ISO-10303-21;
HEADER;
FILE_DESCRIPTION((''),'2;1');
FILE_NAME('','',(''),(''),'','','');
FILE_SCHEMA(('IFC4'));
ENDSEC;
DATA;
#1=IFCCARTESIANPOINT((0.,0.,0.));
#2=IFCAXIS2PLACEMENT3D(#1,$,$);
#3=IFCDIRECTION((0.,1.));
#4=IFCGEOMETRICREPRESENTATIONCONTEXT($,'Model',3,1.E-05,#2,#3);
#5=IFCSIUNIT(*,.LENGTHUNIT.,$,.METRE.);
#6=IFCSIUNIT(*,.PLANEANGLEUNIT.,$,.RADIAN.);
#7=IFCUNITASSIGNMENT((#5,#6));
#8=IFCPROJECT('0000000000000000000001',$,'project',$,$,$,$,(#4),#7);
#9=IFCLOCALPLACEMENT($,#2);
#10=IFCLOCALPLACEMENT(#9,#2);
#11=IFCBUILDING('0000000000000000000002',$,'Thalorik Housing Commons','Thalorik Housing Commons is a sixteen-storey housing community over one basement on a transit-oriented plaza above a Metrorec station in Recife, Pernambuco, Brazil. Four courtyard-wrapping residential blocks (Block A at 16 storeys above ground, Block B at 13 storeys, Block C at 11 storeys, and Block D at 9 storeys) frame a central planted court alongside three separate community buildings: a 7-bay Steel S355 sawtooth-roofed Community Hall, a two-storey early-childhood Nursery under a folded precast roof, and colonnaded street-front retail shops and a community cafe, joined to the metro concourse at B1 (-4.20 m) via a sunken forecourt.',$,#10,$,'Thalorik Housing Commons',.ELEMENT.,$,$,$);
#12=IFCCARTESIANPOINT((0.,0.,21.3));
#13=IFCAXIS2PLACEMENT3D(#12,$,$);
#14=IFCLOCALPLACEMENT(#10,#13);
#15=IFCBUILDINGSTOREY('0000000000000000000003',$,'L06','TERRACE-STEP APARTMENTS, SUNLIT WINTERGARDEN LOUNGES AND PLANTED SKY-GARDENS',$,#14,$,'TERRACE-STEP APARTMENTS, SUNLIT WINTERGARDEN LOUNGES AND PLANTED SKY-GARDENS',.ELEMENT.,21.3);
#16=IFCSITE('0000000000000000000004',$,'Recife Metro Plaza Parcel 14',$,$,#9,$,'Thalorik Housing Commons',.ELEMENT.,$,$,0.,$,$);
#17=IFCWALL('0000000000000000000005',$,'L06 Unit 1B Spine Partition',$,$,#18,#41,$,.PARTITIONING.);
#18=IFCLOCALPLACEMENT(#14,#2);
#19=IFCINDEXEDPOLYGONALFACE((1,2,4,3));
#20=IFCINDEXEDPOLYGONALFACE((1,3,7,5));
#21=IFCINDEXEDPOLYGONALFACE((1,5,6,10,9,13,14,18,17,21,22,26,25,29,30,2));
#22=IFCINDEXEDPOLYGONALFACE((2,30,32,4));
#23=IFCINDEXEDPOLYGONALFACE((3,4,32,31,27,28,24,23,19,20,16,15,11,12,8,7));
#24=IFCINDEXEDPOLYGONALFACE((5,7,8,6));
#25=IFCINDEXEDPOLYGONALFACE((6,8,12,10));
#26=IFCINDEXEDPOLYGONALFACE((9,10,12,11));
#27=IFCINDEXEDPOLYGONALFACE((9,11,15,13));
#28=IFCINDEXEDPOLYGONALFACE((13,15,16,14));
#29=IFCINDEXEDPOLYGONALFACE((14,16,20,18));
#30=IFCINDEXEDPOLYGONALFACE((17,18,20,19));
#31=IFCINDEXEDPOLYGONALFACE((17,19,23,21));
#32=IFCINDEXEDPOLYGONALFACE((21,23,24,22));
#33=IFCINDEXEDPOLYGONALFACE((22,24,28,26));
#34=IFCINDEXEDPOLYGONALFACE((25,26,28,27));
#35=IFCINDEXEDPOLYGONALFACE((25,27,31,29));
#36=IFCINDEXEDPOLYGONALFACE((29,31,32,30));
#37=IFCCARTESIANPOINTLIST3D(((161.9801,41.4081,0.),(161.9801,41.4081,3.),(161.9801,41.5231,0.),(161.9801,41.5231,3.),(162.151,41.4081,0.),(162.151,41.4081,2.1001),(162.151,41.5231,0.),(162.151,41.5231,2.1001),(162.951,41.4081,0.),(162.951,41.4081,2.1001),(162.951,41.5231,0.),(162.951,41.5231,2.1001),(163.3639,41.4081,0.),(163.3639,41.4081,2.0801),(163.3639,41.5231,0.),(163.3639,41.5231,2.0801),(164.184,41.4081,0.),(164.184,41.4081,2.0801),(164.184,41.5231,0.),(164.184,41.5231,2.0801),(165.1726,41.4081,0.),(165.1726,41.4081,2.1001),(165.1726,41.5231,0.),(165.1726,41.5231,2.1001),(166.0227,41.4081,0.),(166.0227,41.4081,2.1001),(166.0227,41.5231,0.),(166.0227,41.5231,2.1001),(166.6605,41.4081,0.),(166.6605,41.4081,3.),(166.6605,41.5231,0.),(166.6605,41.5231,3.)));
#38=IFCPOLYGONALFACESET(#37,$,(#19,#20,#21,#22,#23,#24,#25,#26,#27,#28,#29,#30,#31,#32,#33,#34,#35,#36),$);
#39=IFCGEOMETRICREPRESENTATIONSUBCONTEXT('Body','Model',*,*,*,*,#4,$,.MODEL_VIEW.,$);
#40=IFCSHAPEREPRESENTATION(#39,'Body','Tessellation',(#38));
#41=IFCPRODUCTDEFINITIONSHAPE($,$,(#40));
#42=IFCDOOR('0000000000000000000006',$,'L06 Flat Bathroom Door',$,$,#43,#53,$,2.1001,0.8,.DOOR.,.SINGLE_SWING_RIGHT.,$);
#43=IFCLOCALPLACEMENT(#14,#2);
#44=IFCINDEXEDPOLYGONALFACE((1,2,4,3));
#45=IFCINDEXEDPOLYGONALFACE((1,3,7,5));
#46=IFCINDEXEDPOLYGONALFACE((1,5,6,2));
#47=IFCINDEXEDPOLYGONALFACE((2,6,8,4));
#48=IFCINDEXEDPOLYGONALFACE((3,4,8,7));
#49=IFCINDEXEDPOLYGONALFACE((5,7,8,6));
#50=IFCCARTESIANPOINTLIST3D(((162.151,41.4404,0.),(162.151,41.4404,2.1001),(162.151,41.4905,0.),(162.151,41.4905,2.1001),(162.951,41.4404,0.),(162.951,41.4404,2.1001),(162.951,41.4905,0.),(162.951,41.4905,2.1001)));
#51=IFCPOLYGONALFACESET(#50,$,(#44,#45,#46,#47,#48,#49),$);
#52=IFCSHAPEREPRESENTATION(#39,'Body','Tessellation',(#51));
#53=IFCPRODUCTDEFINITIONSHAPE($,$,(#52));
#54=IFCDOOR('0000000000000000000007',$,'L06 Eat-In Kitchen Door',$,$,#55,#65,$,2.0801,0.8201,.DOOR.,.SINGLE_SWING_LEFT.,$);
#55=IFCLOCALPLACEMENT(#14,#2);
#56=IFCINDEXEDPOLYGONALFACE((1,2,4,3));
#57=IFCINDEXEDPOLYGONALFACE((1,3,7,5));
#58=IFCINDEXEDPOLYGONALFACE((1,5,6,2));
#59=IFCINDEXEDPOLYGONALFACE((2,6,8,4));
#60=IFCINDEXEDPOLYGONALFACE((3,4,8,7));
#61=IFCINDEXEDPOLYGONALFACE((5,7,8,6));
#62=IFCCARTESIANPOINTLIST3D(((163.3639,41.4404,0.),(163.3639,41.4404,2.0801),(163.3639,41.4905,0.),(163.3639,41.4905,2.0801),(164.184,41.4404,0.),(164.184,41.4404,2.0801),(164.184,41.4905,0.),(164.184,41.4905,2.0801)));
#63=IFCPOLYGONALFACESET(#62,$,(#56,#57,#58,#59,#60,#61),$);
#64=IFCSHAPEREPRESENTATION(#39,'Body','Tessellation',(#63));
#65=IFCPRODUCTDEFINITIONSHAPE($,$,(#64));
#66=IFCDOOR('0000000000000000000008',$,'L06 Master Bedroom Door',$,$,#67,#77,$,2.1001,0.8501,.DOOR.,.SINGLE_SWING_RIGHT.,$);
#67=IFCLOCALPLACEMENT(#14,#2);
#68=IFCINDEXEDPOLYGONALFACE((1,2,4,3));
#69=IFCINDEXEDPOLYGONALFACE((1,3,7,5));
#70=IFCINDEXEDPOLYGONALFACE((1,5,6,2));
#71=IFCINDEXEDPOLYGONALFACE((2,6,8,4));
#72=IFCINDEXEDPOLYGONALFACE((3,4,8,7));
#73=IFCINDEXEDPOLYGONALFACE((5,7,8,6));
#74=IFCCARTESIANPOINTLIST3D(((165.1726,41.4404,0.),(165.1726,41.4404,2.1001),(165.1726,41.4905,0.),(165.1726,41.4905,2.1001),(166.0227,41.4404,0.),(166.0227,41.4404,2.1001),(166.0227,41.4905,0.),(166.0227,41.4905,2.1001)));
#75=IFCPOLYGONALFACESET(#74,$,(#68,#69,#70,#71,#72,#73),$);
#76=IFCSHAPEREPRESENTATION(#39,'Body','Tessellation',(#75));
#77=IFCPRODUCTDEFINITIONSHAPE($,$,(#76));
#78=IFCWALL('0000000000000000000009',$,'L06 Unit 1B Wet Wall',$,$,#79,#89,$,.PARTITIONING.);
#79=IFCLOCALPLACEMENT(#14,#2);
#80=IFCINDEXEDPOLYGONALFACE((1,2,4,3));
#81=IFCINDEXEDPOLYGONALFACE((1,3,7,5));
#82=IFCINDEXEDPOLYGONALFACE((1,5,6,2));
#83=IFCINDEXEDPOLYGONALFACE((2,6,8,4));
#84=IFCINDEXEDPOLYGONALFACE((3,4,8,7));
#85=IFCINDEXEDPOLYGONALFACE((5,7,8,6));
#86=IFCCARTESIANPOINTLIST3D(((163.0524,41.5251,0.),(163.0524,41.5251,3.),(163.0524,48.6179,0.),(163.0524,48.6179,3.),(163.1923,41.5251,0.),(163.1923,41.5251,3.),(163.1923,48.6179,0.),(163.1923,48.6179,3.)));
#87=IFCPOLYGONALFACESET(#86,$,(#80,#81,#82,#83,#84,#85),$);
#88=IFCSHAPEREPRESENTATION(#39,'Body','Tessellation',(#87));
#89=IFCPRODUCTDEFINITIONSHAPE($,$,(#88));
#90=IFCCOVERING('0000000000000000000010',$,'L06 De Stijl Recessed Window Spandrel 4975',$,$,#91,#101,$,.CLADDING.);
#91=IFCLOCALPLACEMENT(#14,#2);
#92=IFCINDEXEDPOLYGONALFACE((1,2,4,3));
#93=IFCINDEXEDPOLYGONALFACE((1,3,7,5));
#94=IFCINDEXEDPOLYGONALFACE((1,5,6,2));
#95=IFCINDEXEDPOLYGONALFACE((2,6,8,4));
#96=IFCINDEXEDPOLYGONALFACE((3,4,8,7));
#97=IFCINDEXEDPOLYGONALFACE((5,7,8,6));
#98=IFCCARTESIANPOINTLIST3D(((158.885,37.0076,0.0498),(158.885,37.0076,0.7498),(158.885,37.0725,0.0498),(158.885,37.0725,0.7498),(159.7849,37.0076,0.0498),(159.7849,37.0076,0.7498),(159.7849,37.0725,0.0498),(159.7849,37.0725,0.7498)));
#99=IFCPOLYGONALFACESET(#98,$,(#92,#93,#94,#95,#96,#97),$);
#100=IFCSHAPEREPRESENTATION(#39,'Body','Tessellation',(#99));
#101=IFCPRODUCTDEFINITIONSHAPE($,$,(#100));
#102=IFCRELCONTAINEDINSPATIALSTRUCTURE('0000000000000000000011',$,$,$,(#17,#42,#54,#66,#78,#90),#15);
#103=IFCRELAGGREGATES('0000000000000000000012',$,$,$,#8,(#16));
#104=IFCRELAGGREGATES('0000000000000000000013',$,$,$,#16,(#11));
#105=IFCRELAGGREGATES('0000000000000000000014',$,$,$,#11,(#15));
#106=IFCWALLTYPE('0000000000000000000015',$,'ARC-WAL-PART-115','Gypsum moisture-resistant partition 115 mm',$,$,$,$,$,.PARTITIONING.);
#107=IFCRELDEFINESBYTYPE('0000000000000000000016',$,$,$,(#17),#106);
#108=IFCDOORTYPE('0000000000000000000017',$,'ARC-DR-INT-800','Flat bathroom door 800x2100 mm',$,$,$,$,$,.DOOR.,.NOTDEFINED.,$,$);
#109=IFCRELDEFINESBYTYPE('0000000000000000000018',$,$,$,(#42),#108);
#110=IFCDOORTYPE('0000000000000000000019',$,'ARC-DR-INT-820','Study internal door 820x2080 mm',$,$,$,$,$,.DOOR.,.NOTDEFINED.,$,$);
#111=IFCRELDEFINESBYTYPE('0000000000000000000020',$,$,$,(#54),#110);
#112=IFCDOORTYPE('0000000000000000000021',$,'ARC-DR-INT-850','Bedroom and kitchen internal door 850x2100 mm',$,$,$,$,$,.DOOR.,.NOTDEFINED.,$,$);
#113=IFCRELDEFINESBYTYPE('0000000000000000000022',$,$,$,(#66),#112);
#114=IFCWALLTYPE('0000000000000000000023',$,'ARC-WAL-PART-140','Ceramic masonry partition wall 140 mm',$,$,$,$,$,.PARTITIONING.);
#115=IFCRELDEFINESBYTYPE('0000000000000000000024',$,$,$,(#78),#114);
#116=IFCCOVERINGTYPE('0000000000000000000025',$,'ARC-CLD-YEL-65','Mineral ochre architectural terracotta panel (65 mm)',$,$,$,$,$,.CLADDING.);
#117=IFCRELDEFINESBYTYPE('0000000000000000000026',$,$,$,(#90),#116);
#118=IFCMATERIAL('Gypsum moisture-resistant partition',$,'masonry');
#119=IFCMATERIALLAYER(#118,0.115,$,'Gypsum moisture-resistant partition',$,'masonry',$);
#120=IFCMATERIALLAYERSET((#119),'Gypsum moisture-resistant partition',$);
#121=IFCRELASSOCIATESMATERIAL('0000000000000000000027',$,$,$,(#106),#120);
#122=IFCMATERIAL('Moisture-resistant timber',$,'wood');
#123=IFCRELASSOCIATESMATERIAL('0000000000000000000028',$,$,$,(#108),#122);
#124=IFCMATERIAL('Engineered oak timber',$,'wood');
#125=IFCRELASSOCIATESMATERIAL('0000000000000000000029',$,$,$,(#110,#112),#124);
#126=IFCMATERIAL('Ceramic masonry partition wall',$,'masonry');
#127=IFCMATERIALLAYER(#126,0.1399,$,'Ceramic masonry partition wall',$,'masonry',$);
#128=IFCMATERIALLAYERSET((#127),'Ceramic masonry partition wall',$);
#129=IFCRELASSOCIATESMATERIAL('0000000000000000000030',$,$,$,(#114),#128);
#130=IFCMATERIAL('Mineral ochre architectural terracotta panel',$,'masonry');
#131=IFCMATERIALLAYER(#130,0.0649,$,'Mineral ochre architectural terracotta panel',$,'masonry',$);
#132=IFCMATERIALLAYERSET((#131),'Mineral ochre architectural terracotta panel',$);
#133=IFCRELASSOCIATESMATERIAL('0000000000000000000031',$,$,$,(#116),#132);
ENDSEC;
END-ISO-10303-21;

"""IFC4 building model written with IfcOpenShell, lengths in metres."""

from ifc_helpers import new_model, si_unit, direction, frame, frame_2d, origin, origin_2d, place, context, subcontext, project, spatial, rectangle, extrude, material, layer, layer_set, type_object, element, fill, save


model = new_model("IFC4")

# Units and contexts
model_context = context("Model", 3, precision=1e-05, world=origin(), true_north=direction((0.0, 1.0)))
body_context = subcontext(model_context, "Body", "Model", "MODEL_VIEW")
ifc_project = project(units=[si_unit("LENGTHUNIT", "METRE"), si_unit("PLANEANGLEUNIT", "RADIAN")], contexts=[model_context])

# Site, building, storey
site_placement = place(None, origin())
site = spatial("IfcSite", under=ifc_project, at=site_placement, Name="Recife Metro Plaza Parcel 14", LongName="Thalorik Housing Commons", CompositionType="ELEMENT", RefElevation=0.0)
building_placement = place(site_placement, origin())
building = spatial("IfcBuilding", under=site, at=building_placement, Name="Thalorik Housing Commons", Description="Thalorik Housing Commons is a sixteen-storey housing community over one basement on a transit-oriented plaza above a Metrorec station in Recife, Pernambuco, Brazil. Four courtyard-wrapping residential blocks (Block A at 16 storeys above ground, Block B at 13 storeys, Block C at 11 storeys, and Block D at 9 storeys) frame a central planted court alongside three separate community buildings: a 7-bay Steel S355 sawtooth-roofed Community Hall, a two-storey early-childhood Nursery under a folded precast roof, and colonnaded street-front retail shops and a community cafe, joined to the metro concourse at B1 (-4.20 m) via a sunken forecourt.", LongName="Thalorik Housing Commons", CompositionType="ELEMENT")
storey_placement = place(building_placement, frame((0.0, 0.0, 21.3)))
storey = spatial("IfcBuildingStorey", under=building, at=storey_placement, Name="L06", Description="TERRACE-STEP APARTMENTS, SUNLIT WINTERGARDEN LOUNGES AND PLANTED SKY-GARDENS", LongName="TERRACE-STEP APARTMENTS, SUNLIT WINTERGARDEN LOUNGES AND PLANTED SKY-GARDENS", CompositionType="ELEMENT", Elevation=21.3)

# Wall, openings, doors
ifc_material_1 = material(Name="Gypsum moisture-resistant partition", Category="masonry")
ifc_layer_1 = layer(ifc_material_1, 0.115, Name="Gypsum moisture-resistant partition", Category="masonry")
ifc_layer_set_1 = layer_set([ifc_layer_1], Name="Gypsum moisture-resistant partition")
wall_type_1 = type_object("IfcWallType", Name="ARC-WAL-PART-115", Description="Gypsum moisture-resistant partition 115 mm", PredefinedType="PARTITIONING", material=ifc_layer_set_1)
wall_1_placement = place(storey_placement, frame((161.98, 41.4656, 0.0), z_axis=(0.0, 0.0, 1.0), x_axis=(1.0, 0.0, 0.0)))
wall_1 = element("IfcWall", 1, at=wall_1_placement, inside=storey, type_object=wall_type_1, Name="L06 Unit 1B Spine Partition", PredefinedType="PARTITIONING", context=body_context, shape_type="SweptSolid", body=[
    extrude(rectangle(XDim=4.6804, YDim=0.115, at=frame_2d((2.3403, 0.0))), origin(), (0.0, 0.0, 1.0), 3.0),
])
opening_1_placement = place(wall_1_placement, frame((0.1711, 0.0, 0.0)))
opening_1 = element("IfcOpeningElement", 2, at=opening_1_placement, cuts=wall_1, PredefinedType="OPENING", context=body_context, shape_type="SweptSolid", body=[
    extrude(rectangle(XDim=0.8, YDim=2.1001, at=frame_2d((0.3999, 1.05))), frame((0.0, 0.0674, 0.0), z_axis=(0.0, -1.0, 0.0), x_axis=(1.0, 0.0, 0.0)), (0.0, 0.0, 1.0), 0.135),
])
opening_2_placement = place(wall_1_placement, frame((1.3838, 0.0, 0.0)))
opening_2 = element("IfcOpeningElement", 3, at=opening_2_placement, cuts=wall_1, PredefinedType="OPENING", context=body_context, shape_type="SweptSolid", body=[
    extrude(rectangle(XDim=0.8201, YDim=2.0801, at=frame_2d((0.4102, 1.04))), frame((0.0, 0.0674, 0.0), z_axis=(0.0, -1.0, 0.0), x_axis=(1.0, 0.0, 0.0)), (0.0, 0.0, 1.0), 0.135),
])
opening_3_placement = place(wall_1_placement, frame((3.1926, 0.0, 0.0)))
opening_3 = element("IfcOpeningElement", 4, at=opening_3_placement, cuts=wall_1, PredefinedType="OPENING", context=body_context, shape_type="SweptSolid", body=[
    extrude(rectangle(XDim=0.8501, YDim=2.1001, at=frame_2d((0.425, 1.05))), frame((0.0, 0.0674, 0.0), z_axis=(0.0, -1.0, 0.0), x_axis=(1.0, 0.0, 0.0)), (0.0, 0.0, 1.0), 0.135),
])
ifc_material_2 = material(Name="Moisture-resistant timber", Category="wood")
door_type_1 = type_object("IfcDoorType", Name="ARC-DR-INT-800", Description="Flat bathroom door 800x2100 mm", OperationType="NOTDEFINED", PredefinedType="DOOR", material=ifc_material_2)
door_1_placement = place(opening_1_placement, origin())
door_1 = element("IfcDoor", 5, at=door_1_placement, inside=storey, type_object=door_type_1, Name="L06 Flat Bathroom Door", OperationType="SINGLE_SWING_RIGHT", OverallHeight=2.1001, OverallWidth=0.8, PredefinedType="DOOR", context=body_context, shape_type="SweptSolid", body=[
    extrude(rectangle(XDim=0.8, YDim=2.1001, at=frame_2d((0.3999, 1.05))), frame((0.0, 0.0249, 0.0), z_axis=(0.0, -1.0, 0.0), x_axis=(1.0, 0.0, 0.0)), (0.0, 0.0, 1.0), 0.05),
])
fill(opening_1, door_1)
ifc_material_3 = material(Name="Engineered oak timber", Category="wood")
door_type_2 = type_object("IfcDoorType", Name="ARC-DR-INT-820", Description="Study internal door 820x2080 mm", OperationType="NOTDEFINED", PredefinedType="DOOR", material=ifc_material_3)
door_2_placement = place(opening_2_placement, origin())
door_2 = element("IfcDoor", 6, at=door_2_placement, inside=storey, type_object=door_type_2, Name="L06 Eat-In Kitchen Door", OperationType="SINGLE_SWING_LEFT", OverallHeight=2.0801, OverallWidth=0.8201, PredefinedType="DOOR", context=body_context, shape_type="SweptSolid", body=[
    extrude(rectangle(XDim=0.8201, YDim=2.0801, at=frame_2d((0.4102, 1.04))), frame((0.0, 0.0249, 0.0), z_axis=(0.0, -1.0, 0.0), x_axis=(1.0, 0.0, 0.0)), (0.0, 0.0, 1.0), 0.05),
])
fill(opening_2, door_2)
door_type_3 = type_object("IfcDoorType", Name="ARC-DR-INT-850", Description="Bedroom and kitchen internal door 850x2100 mm", OperationType="NOTDEFINED", PredefinedType="DOOR", material=ifc_material_3)
door_3_placement = place(opening_3_placement, origin())
door_3 = element("IfcDoor", 7, at=door_3_placement, inside=storey, type_object=door_type_3, Name="L06 Master Bedroom Door", OperationType="SINGLE_SWING_RIGHT", OverallHeight=2.1001, OverallWidth=0.8501, PredefinedType="DOOR", context=body_context, shape_type="SweptSolid", body=[
    extrude(rectangle(XDim=0.8501, YDim=2.1001, at=frame_2d((0.425, 1.05))), frame((0.0, 0.0249, 0.0), z_axis=(0.0, -1.0, 0.0), x_axis=(1.0, 0.0, 0.0)), (0.0, 0.0, 1.0), 0.05),
])
fill(opening_3, door_3)

# Wall
ifc_material_4 = material(Name="Ceramic masonry partition wall", Category="masonry")
ifc_layer_2 = layer(ifc_material_4, 0.1399, Name="Ceramic masonry partition wall", Category="masonry")
ifc_layer_set_2 = layer_set([ifc_layer_2], Name="Ceramic masonry partition wall")
wall_type_2 = type_object("IfcWallType", Name="ARC-WAL-PART-140", Description="Ceramic masonry partition wall 140 mm", PredefinedType="PARTITIONING", material=ifc_layer_set_2)
wall_2_placement = place(storey_placement, frame((163.1223, 41.5251, 0.0), z_axis=(0.0, 0.0, 1.0), x_axis=(0.0, 1.0, 0.0)))
element("IfcWall", 8, at=wall_2_placement, inside=storey, type_object=wall_type_2, Name="L06 Unit 1B Wet Wall", PredefinedType="PARTITIONING", context=body_context, shape_type="SweptSolid", body=[
    extrude(rectangle(XDim=7.0928, YDim=0.1399, at=frame_2d((3.5464, 0.0))), origin(), (0.0, 0.0, 1.0), 3.0),
])

# Covering
ifc_material_5 = material(Name="Mineral ochre architectural terracotta panel", Category="masonry")
ifc_layer_3 = layer(ifc_material_5, 0.0649, Name="Mineral ochre architectural terracotta panel", Category="masonry")
ifc_layer_set_3 = layer_set([ifc_layer_3], Name="Mineral ochre architectural terracotta panel")
covering_type_1 = type_object("IfcCoveringType", Name="ARC-CLD-YEL-65", Description="Mineral ochre architectural terracotta panel (65 mm)", PredefinedType="CLADDING", material=ifc_layer_set_3)
covering_1_placement = place(storey_placement, frame((159.335, 37.04, 0.0498), z_axis=(0.0, 0.0, 1.0), x_axis=(1.0, 0.0, 0.0)))
element("IfcCovering", 9, at=covering_1_placement, inside=storey, type_object=covering_type_1, Name="L06 De Stijl Recessed Window Spandrel 4975", PredefinedType="CLADDING", context=body_context, shape_type="SweptSolid", body=[
    extrude(rectangle(XDim=0.8999, YDim=0.0649, at=origin_2d()), origin(), (0.0, 0.0, 1.0), 0.7),
])

save(model, "model.ifc")
